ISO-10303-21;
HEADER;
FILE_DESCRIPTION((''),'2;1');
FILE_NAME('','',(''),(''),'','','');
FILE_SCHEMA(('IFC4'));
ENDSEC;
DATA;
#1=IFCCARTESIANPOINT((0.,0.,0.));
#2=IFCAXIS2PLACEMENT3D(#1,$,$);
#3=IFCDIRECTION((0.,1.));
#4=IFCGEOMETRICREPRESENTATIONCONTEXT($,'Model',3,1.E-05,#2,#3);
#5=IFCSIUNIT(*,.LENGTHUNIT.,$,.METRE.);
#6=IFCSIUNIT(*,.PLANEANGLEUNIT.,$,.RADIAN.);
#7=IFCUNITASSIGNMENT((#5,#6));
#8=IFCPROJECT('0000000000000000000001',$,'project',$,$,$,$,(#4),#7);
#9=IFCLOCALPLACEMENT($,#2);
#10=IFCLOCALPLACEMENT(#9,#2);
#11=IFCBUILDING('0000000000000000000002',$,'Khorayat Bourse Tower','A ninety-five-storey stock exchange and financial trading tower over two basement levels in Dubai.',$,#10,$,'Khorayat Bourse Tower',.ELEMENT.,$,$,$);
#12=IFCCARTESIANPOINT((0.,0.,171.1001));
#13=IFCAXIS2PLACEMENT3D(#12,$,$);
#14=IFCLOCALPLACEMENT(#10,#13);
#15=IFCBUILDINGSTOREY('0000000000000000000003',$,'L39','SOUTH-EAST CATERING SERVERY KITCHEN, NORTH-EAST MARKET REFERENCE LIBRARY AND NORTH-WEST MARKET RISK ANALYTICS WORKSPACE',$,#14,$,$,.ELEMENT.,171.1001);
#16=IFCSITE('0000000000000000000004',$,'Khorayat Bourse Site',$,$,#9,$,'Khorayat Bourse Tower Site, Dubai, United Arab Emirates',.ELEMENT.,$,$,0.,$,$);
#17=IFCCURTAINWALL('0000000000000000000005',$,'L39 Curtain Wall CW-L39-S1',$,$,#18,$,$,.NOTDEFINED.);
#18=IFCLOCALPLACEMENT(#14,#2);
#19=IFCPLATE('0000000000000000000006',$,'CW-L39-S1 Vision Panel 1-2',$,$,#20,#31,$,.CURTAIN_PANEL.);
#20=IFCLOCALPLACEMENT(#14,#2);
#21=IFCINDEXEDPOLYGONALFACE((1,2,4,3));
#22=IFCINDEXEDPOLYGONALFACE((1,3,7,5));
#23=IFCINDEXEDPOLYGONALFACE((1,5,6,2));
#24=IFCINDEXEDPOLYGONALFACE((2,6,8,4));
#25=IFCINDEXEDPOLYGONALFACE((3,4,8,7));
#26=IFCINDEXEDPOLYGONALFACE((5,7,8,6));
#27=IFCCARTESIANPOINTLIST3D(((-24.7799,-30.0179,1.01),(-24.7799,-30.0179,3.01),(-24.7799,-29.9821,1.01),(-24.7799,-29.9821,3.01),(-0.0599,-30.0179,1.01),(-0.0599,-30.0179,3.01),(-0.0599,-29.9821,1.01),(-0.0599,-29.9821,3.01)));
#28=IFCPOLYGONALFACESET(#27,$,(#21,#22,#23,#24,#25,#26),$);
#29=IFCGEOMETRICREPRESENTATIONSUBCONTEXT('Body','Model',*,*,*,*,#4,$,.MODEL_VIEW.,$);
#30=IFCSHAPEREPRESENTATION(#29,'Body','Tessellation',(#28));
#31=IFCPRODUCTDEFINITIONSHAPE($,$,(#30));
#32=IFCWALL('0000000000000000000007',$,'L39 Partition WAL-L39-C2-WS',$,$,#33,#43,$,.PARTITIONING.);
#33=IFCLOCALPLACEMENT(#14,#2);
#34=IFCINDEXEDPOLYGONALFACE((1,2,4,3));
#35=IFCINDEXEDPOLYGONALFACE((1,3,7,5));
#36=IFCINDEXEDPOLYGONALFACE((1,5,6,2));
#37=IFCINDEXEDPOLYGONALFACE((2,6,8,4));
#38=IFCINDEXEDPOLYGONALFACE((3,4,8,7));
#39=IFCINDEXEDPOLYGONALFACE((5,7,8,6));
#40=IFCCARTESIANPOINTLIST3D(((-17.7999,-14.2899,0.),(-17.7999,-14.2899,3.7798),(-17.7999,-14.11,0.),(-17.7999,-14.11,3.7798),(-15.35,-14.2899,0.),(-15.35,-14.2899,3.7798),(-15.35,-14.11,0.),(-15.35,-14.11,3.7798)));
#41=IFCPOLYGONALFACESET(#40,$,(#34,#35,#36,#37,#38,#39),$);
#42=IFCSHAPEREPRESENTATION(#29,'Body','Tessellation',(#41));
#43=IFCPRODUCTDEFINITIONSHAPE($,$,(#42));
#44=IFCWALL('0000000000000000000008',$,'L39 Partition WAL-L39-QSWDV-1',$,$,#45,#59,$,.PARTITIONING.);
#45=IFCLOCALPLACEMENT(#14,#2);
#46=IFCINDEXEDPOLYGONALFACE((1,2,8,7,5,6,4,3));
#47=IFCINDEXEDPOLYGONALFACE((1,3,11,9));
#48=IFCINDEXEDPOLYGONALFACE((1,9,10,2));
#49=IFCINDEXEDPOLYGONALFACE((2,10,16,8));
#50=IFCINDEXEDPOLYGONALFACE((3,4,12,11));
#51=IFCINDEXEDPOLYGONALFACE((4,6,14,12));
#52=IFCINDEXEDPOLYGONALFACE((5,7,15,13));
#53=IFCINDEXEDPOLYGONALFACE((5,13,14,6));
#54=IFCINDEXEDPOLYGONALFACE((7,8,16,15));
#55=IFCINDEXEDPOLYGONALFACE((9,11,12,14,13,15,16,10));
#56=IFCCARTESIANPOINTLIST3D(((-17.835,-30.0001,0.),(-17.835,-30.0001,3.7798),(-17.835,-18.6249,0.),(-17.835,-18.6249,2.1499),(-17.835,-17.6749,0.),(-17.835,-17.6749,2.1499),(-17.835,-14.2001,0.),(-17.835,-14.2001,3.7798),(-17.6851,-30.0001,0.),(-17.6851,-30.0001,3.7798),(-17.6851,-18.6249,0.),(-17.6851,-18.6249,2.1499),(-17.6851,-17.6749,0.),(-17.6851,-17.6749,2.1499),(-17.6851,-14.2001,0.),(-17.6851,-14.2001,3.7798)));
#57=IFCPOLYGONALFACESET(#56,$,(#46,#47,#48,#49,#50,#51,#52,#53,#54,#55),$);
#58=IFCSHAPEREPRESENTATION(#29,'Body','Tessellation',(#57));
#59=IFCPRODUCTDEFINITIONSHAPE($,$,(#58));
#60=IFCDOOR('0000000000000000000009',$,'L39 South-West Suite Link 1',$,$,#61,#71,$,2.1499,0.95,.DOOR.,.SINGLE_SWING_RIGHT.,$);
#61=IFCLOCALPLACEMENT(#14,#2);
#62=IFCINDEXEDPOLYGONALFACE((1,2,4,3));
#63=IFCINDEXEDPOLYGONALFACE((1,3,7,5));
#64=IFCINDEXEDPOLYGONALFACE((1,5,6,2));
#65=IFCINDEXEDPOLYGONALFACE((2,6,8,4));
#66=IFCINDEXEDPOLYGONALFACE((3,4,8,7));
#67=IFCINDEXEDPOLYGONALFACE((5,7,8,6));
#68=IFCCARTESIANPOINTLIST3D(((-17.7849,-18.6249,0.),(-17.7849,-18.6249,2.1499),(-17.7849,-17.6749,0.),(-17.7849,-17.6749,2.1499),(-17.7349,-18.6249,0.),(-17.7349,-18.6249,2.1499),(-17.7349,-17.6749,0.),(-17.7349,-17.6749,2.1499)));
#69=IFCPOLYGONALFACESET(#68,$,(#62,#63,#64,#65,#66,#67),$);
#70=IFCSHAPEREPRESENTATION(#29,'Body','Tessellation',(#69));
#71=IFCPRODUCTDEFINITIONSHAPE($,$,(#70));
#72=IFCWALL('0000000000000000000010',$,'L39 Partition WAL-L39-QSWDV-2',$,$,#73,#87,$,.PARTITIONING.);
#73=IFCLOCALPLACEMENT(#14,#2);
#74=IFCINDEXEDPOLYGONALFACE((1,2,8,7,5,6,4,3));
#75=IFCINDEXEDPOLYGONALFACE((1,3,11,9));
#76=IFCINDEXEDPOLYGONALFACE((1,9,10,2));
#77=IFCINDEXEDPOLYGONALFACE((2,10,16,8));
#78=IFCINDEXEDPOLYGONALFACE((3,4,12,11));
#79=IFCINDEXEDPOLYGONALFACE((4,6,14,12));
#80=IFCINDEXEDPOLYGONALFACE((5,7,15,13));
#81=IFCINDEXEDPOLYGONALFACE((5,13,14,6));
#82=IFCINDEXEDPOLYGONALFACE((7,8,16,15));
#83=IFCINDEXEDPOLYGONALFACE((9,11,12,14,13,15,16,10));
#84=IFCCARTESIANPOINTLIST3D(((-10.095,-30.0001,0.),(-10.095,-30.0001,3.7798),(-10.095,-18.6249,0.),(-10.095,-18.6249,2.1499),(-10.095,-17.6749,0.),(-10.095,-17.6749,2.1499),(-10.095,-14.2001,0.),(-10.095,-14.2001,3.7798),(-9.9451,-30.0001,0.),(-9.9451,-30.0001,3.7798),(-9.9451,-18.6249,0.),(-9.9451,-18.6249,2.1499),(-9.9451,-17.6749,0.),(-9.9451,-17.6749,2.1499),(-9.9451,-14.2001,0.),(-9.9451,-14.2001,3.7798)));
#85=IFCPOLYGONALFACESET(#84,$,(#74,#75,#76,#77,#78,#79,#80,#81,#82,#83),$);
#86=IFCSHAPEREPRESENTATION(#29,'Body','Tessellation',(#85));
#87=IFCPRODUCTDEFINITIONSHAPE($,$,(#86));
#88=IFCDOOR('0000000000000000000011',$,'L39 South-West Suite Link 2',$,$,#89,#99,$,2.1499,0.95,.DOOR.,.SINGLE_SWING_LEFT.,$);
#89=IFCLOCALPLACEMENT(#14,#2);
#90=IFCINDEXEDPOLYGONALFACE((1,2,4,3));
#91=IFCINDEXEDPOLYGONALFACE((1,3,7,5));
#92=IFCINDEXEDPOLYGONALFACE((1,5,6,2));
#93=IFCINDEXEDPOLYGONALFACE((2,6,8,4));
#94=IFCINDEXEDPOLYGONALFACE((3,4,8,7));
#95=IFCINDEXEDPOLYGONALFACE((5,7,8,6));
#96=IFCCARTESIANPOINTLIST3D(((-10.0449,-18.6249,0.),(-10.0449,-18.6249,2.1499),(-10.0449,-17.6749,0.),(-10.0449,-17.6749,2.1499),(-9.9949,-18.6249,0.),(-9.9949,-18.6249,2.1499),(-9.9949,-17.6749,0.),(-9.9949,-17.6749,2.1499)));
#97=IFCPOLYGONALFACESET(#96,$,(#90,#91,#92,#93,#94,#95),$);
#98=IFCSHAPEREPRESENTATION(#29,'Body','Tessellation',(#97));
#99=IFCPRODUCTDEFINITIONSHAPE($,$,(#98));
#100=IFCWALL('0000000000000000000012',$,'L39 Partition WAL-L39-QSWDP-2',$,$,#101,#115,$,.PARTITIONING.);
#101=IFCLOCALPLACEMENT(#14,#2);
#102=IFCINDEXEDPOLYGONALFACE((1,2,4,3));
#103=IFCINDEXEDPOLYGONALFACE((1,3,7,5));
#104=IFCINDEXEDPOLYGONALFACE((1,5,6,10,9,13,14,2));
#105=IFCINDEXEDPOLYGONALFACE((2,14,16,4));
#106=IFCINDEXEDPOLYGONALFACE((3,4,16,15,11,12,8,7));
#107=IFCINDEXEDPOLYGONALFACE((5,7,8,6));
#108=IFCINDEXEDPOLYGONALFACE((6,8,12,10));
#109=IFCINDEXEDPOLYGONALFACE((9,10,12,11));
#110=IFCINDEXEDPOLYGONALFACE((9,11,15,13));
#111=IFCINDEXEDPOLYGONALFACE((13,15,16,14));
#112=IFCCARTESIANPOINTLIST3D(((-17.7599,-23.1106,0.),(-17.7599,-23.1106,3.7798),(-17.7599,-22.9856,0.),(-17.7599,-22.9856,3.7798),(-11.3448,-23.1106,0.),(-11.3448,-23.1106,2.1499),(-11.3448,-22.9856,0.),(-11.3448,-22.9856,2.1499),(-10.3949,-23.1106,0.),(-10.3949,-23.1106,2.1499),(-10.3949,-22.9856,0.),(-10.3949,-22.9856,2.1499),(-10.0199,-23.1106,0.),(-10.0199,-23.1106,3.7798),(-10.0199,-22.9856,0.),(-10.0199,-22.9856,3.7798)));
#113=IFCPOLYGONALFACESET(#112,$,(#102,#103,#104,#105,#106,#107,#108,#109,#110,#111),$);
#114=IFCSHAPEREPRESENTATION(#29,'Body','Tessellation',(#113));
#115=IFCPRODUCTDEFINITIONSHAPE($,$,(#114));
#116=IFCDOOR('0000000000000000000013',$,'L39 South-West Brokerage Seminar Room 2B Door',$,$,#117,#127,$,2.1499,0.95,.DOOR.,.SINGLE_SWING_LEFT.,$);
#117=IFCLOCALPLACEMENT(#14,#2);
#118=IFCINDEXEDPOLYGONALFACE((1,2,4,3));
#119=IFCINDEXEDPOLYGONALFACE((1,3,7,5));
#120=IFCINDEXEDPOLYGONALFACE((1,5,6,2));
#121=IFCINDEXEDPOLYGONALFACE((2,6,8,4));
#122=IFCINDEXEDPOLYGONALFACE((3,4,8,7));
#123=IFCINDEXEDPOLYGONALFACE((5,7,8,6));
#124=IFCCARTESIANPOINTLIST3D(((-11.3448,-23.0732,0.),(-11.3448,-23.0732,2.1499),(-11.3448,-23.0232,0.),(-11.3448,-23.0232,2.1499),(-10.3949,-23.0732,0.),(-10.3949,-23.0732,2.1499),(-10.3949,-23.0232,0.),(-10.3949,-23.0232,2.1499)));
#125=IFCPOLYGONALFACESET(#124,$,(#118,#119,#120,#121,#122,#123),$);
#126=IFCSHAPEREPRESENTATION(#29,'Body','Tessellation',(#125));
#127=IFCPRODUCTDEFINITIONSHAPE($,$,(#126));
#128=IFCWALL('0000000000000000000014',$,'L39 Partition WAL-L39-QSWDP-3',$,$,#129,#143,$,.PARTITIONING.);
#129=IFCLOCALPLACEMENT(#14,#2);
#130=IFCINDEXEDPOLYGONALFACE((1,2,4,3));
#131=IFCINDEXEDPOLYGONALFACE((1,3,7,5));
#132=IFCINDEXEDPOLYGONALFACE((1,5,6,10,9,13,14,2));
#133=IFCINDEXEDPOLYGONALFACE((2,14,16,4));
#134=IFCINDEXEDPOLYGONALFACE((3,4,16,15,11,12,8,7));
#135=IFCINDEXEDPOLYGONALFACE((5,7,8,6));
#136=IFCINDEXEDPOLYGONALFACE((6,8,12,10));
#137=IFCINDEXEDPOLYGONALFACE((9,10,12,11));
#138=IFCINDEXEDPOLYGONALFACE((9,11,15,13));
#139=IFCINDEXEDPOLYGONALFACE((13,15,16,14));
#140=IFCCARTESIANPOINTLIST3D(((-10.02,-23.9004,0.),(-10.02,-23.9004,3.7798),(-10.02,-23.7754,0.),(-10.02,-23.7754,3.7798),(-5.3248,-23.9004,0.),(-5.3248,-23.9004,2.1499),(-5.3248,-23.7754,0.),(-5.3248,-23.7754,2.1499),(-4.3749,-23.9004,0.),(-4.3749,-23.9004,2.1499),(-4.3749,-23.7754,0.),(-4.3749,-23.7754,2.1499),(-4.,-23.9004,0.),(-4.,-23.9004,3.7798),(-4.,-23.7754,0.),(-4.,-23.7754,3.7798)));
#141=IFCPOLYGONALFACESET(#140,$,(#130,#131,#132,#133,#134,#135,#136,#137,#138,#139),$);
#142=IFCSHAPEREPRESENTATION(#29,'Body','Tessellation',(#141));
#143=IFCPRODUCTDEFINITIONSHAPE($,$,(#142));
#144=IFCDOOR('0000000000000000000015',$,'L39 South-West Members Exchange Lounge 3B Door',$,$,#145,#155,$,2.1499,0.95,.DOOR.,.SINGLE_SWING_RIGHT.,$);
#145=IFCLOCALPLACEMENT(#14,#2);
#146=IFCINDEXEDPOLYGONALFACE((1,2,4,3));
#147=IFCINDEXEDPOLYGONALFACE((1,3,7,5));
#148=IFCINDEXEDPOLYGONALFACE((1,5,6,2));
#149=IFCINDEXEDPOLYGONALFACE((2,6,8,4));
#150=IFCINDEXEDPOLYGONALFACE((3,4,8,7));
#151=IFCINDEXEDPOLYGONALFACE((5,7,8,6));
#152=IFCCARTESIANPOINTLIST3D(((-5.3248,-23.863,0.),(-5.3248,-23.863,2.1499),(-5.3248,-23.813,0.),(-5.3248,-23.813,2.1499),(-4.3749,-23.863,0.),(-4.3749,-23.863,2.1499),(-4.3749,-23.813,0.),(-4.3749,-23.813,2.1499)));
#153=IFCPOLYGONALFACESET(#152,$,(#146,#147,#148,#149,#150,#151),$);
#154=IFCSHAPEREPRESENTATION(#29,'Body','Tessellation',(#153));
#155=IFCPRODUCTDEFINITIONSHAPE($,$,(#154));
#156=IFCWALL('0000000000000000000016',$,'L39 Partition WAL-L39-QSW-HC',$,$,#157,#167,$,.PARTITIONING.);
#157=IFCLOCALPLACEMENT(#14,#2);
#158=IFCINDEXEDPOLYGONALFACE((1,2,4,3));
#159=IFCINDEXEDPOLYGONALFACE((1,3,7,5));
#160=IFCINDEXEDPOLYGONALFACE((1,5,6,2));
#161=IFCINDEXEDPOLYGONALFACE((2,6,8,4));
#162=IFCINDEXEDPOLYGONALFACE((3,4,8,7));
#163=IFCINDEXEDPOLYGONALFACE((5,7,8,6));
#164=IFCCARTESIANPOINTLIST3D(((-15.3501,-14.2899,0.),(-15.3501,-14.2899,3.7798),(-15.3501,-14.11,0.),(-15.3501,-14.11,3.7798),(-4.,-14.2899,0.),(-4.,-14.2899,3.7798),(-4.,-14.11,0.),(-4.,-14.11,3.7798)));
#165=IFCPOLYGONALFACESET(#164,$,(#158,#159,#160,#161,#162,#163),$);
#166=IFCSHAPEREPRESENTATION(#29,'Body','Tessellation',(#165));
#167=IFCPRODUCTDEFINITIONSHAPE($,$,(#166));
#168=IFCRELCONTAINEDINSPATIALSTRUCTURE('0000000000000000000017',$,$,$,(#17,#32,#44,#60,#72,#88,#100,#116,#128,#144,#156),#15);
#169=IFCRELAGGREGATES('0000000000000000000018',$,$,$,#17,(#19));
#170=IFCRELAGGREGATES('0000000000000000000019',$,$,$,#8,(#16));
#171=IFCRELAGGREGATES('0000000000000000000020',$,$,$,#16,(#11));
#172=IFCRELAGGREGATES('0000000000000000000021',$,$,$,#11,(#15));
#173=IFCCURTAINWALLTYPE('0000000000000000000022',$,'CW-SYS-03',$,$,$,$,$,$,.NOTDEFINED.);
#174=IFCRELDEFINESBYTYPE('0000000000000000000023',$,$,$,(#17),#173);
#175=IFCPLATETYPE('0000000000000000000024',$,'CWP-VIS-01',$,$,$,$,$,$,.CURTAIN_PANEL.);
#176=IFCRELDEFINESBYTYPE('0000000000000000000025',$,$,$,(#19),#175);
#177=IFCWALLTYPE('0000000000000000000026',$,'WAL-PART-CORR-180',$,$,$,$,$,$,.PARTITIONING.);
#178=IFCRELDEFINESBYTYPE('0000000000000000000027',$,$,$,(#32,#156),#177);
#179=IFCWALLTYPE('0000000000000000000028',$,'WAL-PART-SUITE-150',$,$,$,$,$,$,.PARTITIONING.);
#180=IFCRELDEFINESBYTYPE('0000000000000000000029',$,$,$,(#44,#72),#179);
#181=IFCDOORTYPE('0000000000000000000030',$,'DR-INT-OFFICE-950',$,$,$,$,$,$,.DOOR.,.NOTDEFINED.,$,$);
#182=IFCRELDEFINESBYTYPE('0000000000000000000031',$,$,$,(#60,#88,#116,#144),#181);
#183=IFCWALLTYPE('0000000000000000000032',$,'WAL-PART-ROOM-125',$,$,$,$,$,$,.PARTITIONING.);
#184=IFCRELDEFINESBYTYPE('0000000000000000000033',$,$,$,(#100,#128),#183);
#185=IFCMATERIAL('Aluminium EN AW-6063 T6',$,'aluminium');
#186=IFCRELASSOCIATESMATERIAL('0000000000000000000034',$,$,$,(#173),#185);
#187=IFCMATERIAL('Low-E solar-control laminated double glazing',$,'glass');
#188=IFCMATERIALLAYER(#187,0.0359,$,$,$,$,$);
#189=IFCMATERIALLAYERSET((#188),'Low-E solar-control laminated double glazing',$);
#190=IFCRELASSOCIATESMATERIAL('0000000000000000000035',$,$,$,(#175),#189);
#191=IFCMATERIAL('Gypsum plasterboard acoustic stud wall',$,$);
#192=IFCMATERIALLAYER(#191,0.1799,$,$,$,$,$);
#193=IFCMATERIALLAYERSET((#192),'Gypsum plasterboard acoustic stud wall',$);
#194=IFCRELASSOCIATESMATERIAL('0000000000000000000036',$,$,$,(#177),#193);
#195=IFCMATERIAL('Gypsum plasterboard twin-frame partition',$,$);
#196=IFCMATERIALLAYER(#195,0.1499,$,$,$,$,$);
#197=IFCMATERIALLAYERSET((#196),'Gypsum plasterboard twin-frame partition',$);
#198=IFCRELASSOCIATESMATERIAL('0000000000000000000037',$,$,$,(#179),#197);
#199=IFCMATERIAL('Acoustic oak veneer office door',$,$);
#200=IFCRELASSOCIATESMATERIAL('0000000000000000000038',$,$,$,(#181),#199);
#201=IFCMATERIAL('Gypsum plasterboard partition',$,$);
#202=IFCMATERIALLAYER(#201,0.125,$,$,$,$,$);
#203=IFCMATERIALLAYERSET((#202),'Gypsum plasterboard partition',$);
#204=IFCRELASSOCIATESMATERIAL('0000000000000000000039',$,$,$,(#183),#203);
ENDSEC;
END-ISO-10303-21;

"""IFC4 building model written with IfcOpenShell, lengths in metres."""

from ifc_helpers import new_model, si_unit, direction, frame, frame_2d, origin, origin_2d, place, context, subcontext, project, spatial, rectangle, extrude, source, transform, mapped, material, layer, layer_set, type_object, element, fill, aggregate, save


model = new_model("IFC4")

# Units and contexts
model_context = context("Model", 3, precision=1e-05, world=origin(), true_north=direction((0.0, 1.0)))
body_context = subcontext(model_context, "Body", "Model", "MODEL_VIEW")
ifc_project = project(units=[si_unit("LENGTHUNIT", "METRE"), si_unit("PLANEANGLEUNIT", "RADIAN")], contexts=[model_context])

# Site, building, storey
site_placement = place(None, origin())
site = spatial("IfcSite", under=ifc_project, at=site_placement, Name="Khorayat Bourse Site", LongName="Khorayat Bourse Tower Site, Dubai, United Arab Emirates", CompositionType="ELEMENT", RefElevation=0.0)
building_placement = place(site_placement, origin())
building = spatial("IfcBuilding", under=site, at=building_placement, Name="Khorayat Bourse Tower", Description="A ninety-five-storey stock exchange and financial trading tower over two basement levels in Dubai.", LongName="Khorayat Bourse Tower", CompositionType="ELEMENT")
storey_placement = place(building_placement, frame((0.0, 0.0, 171.1001)))
storey = spatial("IfcBuildingStorey", under=building, at=storey_placement, Name="L39", Description="SOUTH-EAST CATERING SERVERY KITCHEN, NORTH-EAST MARKET REFERENCE LIBRARY AND NORTH-WEST MARKET RISK ANALYTICS WORKSPACE", CompositionType="ELEMENT", Elevation=171.1001)

# Curtain wall
ifc_material_1 = material(Name="Aluminium EN AW-6063 T6", Category="aluminium")
curtain_wall_type = type_object("IfcCurtainWallType", Name="CW-SYS-03", PredefinedType="NOTDEFINED", material=ifc_material_1)
curtain_wall_placement = place(storey_placement, origin())
curtain_wall = element("IfcCurtainWall", 1, at=curtain_wall_placement, inside=storey, type_object=curtain_wall_type, Name="L39 Curtain Wall CW-L39-S1", PredefinedType="NOTDEFINED")

# Plate
ifc_material_2 = material(Name="Low-E solar-control laminated double glazing", Category="glass")
ifc_layer_1 = layer(ifc_material_2, 0.0359)
ifc_layer_set_1 = layer_set([ifc_layer_1], Name="Low-E solar-control laminated double glazing")
plate_type_1 = type_object("IfcPlateType", Name="CWP-VIS-01", PredefinedType="CURTAIN_PANEL", material=ifc_layer_set_1)
shared_shape_1 = source(origin(), body_context, "Body", "SweptSolid", [
    extrude(rectangle(XDim=24.72, YDim=0.0359, at=origin_2d()), origin(), (0.0, 0.0, 1.0), 2.0),
])
plate_1_placement = place(storey_placement, frame((-12.4199, -30.0, 1.01), z_axis=(0.0, 0.0, 1.0), x_axis=(1.0, 0.0, 0.0)))
plate_1 = element("IfcPlate", 2, at=plate_1_placement, type_object=plate_type_1, Name="CW-L39-S1 Vision Panel 1-2", PredefinedType="CURTAIN_PANEL", context=body_context, shape_type="MappedRepresentation", body=[
    mapped(shared_shape_1, transform((0.0, 0.0, 0.0), scale=1.0)),
])
aggregate(curtain_wall, [plate_1])

# Wall
ifc_material_3 = material(Name="Gypsum plasterboard acoustic stud wall")
ifc_layer_2 = layer(ifc_material_3, 0.1799)
ifc_layer_set_2 = layer_set([ifc_layer_2], Name="Gypsum plasterboard acoustic stud wall")
wall_type_1 = type_object("IfcWallType", Name="WAL-PART-CORR-180", PredefinedType="PARTITIONING", material=ifc_layer_set_2)
shared_shape_2 = source(origin(), body_context, "Body", "SweptSolid", [
    extrude(rectangle(XDim=2.45, YDim=0.1799, at=frame_2d((1.2251, 0.0))), origin(), (0.0, 0.0, 1.0), 3.7798),
])
wall_1_placement = place(storey_placement, frame((-17.8, -14.2, 0.0), z_axis=(0.0, 0.0, 1.0), x_axis=(1.0, 0.0, 0.0)))
element("IfcWall", 3, at=wall_1_placement, inside=storey, type_object=wall_type_1, Name="L39 Partition WAL-L39-C2-WS", PredefinedType="PARTITIONING", context=body_context, shape_type="MappedRepresentation", body=[
    mapped(shared_shape_2, transform((0.0, 0.0, 0.0), scale=1.0)),
])

# Walls, openings, doors
ifc_material_4 = material(Name="Gypsum plasterboard twin-frame partition")
ifc_layer_3 = layer(ifc_material_4, 0.1499)
ifc_layer_set_3 = layer_set([ifc_layer_3], Name="Gypsum plasterboard twin-frame partition")
wall_type_2 = type_object("IfcWallType", Name="WAL-PART-SUITE-150", PredefinedType="PARTITIONING", material=ifc_layer_set_3)
shared_shape_3 = source(origin(), body_context, "Body", "SweptSolid", [
    extrude(rectangle(XDim=15.8, YDim=0.1499, at=frame_2d((7.8999, 0.0))), origin(), (0.0, 0.0, 1.0), 3.7798),
])
wall_2_placement = place(storey_placement, frame((-17.76, -30.0, 0.0), z_axis=(0.0, 0.0, 1.0), x_axis=(0.0, 1.0, 0.0)))
wall_2 = element("IfcWall", 4, at=wall_2_placement, inside=storey, type_object=wall_type_2, Name="L39 Partition WAL-L39-QSWDV-1", PredefinedType="PARTITIONING", context=body_context, shape_type="MappedRepresentation", body=[
    mapped(shared_shape_3, transform((0.0, 0.0, 0.0), scale=1.0)),
])
shared_shape_4 = source(origin(), body_context, "Body", "SweptSolid", [
    extrude(rectangle(XDim=0.95, YDim=2.1499, at=frame_2d((0.4751, 1.075))), frame((0.0, 0.085, 0.0), z_axis=(0.0, -1.0, 0.0), x_axis=(1.0, 0.0, 0.0)), (0.0, 0.0, 1.0), 0.1699),
])
opening_1_placement = place(wall_2_placement, frame((11.375, 0.0, 0.0)))
opening_1 = element("IfcOpeningElement", 5, at=opening_1_placement, cuts=wall_2, PredefinedType="OPENING", context=body_context, shape_type="MappedRepresentation", body=[
    mapped(shared_shape_4, transform((0.0, 0.0, 0.0), scale=1.0)),
])
ifc_material_5 = material(Name="Acoustic oak veneer office door")
door_type = type_object("IfcDoorType", Name="DR-INT-OFFICE-950", OperationType="NOTDEFINED", PredefinedType="DOOR", material=ifc_material_5)
shared_shape_5 = source(origin(), body_context, "Body", "SweptSolid", [
    extrude(rectangle(XDim=0.95, YDim=2.1499, at=frame_2d((0.4751, 1.075))), frame((0.0, 0.0249, 0.0), z_axis=(0.0, -1.0, 0.0), x_axis=(1.0, 0.0, 0.0)), (0.0, 0.0, 1.0), 0.05),
])
door_1_placement = place(opening_1_placement, origin())
door_1 = element("IfcDoor", 6, at=door_1_placement, inside=storey, type_object=door_type, Name="L39 South-West Suite Link 1", OperationType="SINGLE_SWING_RIGHT", OverallHeight=2.1499, OverallWidth=0.95, PredefinedType="DOOR", context=body_context, shape_type="MappedRepresentation", body=[
    mapped(shared_shape_5, transform((0.0, 0.0, 0.0), scale=1.0)),
])
fill(opening_1, door_1)
wall_3_placement = place(storey_placement, frame((-10.02, -30.0, 0.0), z_axis=(0.0, 0.0, 1.0), x_axis=(0.0, 1.0, 0.0)))
wall_3 = element("IfcWall", 7, at=wall_3_placement, inside=storey, type_object=wall_type_2, Name="L39 Partition WAL-L39-QSWDV-2", PredefinedType="PARTITIONING", context=body_context, shape_type="MappedRepresentation", body=[
    mapped(shared_shape_3, transform((0.0, 0.0, 0.0), scale=1.0)),
])
opening_2_placement = place(wall_3_placement, frame((11.375, 0.0, 0.0)))
opening_2 = element("IfcOpeningElement", 8, at=opening_2_placement, cuts=wall_3, PredefinedType="OPENING", context=body_context, shape_type="MappedRepresentation", body=[
    mapped(shared_shape_4, transform((0.0, 0.0, 0.0), scale=1.0)),
])
door_2_placement = place(opening_2_placement, origin())
door_2 = element("IfcDoor", 9, at=door_2_placement, inside=storey, type_object=door_type, Name="L39 South-West Suite Link 2", OperationType="SINGLE_SWING_LEFT", OverallHeight=2.1499, OverallWidth=0.95, PredefinedType="DOOR", context=body_context, shape_type="MappedRepresentation", body=[
    mapped(shared_shape_5, transform((0.0, 0.0, 0.0), scale=1.0)),
])
fill(opening_2, door_2)
ifc_material_6 = material(Name="Gypsum plasterboard partition")
ifc_layer_4 = layer(ifc_material_6, 0.125)
ifc_layer_set_4 = layer_set([ifc_layer_4], Name="Gypsum plasterboard partition")
wall_type_3 = type_object("IfcWallType", Name="WAL-PART-ROOM-125", PredefinedType="PARTITIONING", material=ifc_layer_set_4)
shared_shape_6 = source(origin(), body_context, "Body", "SweptSolid", [
    extrude(rectangle(XDim=7.74, YDim=0.125, at=frame_2d((3.8701, 0.0))), origin(), (0.0, 0.0, 1.0), 3.7798),
])
wall_4_placement = place(storey_placement, frame((-17.76, -23.0481, 0.0), z_axis=(0.0, 0.0, 1.0), x_axis=(1.0, 0.0, 0.0)))
wall_4 = element("IfcWall", 10, at=wall_4_placement, inside=storey, type_object=wall_type_3, Name="L39 Partition WAL-L39-QSWDP-2", PredefinedType="PARTITIONING", context=body_context, shape_type="MappedRepresentation", body=[
    mapped(shared_shape_6, transform((0.0, 0.0, 0.0), scale=1.0)),
])
shared_shape_7 = source(origin(), body_context, "Body", "SweptSolid", [
    extrude(rectangle(XDim=0.95, YDim=2.1499, at=frame_2d((0.4751, 1.075))), frame((0.0, 0.0725, 0.0), z_axis=(0.0, -1.0, 0.0), x_axis=(1.0, 0.0, 0.0)), (0.0, 0.0, 1.0), 0.145),
])
opening_3_placement = place(wall_4_placement, frame((6.415, 0.0, 0.0)))
opening_3 = element("IfcOpeningElement", 11, at=opening_3_placement, cuts=wall_4, PredefinedType="OPENING", context=body_context, shape_type="MappedRepresentation", body=[
    mapped(shared_shape_7, transform((0.0, 0.0, 0.0), scale=1.0)),
])
door_3_placement = place(opening_3_placement, origin())
door_3 = element("IfcDoor", 12, at=door_3_placement, inside=storey, type_object=door_type, Name="L39 South-West Brokerage Seminar Room 2B Door", OperationType="SINGLE_SWING_LEFT", OverallHeight=2.1499, OverallWidth=0.95, PredefinedType="DOOR", context=body_context, shape_type="MappedRepresentation", body=[
    mapped(shared_shape_5, transform((0.0, 0.0, 0.0), scale=1.0)),
])
fill(opening_3, door_3)
shared_shape_8 = source(origin(), body_context, "Body", "SweptSolid", [
    extrude(rectangle(XDim=6.02, YDim=0.125, at=frame_2d((3.01, 0.0))), origin(), (0.0, 0.0, 1.0), 3.7798),
])
wall_5_placement = place(storey_placement, frame((-10.02, -23.8379, 0.0), z_axis=(0.0, 0.0, 1.0), x_axis=(1.0, 0.0, 0.0)))
wall_5 = element("IfcWall", 13, at=wall_5_placement, inside=storey, type_object=wall_type_3, Name="L39 Partition WAL-L39-QSWDP-3", PredefinedType="PARTITIONING", context=body_context, shape_type="MappedRepresentation", body=[
    mapped(shared_shape_8, transform((0.0, 0.0, 0.0), scale=1.0)),
])
opening_4_placement = place(wall_5_placement, frame((4.6951, 0.0, 0.0)))
opening_4 = element("IfcOpeningElement", 14, at=opening_4_placement, cuts=wall_5, PredefinedType="OPENING", context=body_context, shape_type="MappedRepresentation", body=[
    mapped(shared_shape_7, transform((0.0, 0.0, 0.0), scale=1.0)),
])
door_4_placement = place(opening_4_placement, origin())
door_4 = element("IfcDoor", 15, at=door_4_placement, inside=storey, type_object=door_type, Name="L39 South-West Members Exchange Lounge 3B Door", OperationType="SINGLE_SWING_RIGHT", OverallHeight=2.1499, OverallWidth=0.95, PredefinedType="DOOR", context=body_context, shape_type="MappedRepresentation", body=[
    mapped(shared_shape_5, transform((0.0, 0.0, 0.0), scale=1.0)),
])
fill(opening_4, door_4)

# Wall
shared_shape_9 = source(origin(), body_context, "Body", "SweptSolid", [
    extrude(rectangle(XDim=11.3501, YDim=0.1799, at=frame_2d((5.675, 0.0))), origin(), (0.0, 0.0, 1.0), 3.7798),
])
wall_6_placement = place(storey_placement, frame((-15.3501, -14.2, 0.0), z_axis=(0.0, 0.0, 1.0), x_axis=(1.0, 0.0, 0.0)))
element("IfcWall", 16, at=wall_6_placement, inside=storey, type_object=wall_type_1, Name="L39 Partition WAL-L39-QSW-HC", PredefinedType="PARTITIONING", context=body_context, shape_type="MappedRepresentation", body=[
    mapped(shared_shape_9, transform((0.0, 0.0, 0.0), scale=1.0)),
])

save(model, "model.ifc")
